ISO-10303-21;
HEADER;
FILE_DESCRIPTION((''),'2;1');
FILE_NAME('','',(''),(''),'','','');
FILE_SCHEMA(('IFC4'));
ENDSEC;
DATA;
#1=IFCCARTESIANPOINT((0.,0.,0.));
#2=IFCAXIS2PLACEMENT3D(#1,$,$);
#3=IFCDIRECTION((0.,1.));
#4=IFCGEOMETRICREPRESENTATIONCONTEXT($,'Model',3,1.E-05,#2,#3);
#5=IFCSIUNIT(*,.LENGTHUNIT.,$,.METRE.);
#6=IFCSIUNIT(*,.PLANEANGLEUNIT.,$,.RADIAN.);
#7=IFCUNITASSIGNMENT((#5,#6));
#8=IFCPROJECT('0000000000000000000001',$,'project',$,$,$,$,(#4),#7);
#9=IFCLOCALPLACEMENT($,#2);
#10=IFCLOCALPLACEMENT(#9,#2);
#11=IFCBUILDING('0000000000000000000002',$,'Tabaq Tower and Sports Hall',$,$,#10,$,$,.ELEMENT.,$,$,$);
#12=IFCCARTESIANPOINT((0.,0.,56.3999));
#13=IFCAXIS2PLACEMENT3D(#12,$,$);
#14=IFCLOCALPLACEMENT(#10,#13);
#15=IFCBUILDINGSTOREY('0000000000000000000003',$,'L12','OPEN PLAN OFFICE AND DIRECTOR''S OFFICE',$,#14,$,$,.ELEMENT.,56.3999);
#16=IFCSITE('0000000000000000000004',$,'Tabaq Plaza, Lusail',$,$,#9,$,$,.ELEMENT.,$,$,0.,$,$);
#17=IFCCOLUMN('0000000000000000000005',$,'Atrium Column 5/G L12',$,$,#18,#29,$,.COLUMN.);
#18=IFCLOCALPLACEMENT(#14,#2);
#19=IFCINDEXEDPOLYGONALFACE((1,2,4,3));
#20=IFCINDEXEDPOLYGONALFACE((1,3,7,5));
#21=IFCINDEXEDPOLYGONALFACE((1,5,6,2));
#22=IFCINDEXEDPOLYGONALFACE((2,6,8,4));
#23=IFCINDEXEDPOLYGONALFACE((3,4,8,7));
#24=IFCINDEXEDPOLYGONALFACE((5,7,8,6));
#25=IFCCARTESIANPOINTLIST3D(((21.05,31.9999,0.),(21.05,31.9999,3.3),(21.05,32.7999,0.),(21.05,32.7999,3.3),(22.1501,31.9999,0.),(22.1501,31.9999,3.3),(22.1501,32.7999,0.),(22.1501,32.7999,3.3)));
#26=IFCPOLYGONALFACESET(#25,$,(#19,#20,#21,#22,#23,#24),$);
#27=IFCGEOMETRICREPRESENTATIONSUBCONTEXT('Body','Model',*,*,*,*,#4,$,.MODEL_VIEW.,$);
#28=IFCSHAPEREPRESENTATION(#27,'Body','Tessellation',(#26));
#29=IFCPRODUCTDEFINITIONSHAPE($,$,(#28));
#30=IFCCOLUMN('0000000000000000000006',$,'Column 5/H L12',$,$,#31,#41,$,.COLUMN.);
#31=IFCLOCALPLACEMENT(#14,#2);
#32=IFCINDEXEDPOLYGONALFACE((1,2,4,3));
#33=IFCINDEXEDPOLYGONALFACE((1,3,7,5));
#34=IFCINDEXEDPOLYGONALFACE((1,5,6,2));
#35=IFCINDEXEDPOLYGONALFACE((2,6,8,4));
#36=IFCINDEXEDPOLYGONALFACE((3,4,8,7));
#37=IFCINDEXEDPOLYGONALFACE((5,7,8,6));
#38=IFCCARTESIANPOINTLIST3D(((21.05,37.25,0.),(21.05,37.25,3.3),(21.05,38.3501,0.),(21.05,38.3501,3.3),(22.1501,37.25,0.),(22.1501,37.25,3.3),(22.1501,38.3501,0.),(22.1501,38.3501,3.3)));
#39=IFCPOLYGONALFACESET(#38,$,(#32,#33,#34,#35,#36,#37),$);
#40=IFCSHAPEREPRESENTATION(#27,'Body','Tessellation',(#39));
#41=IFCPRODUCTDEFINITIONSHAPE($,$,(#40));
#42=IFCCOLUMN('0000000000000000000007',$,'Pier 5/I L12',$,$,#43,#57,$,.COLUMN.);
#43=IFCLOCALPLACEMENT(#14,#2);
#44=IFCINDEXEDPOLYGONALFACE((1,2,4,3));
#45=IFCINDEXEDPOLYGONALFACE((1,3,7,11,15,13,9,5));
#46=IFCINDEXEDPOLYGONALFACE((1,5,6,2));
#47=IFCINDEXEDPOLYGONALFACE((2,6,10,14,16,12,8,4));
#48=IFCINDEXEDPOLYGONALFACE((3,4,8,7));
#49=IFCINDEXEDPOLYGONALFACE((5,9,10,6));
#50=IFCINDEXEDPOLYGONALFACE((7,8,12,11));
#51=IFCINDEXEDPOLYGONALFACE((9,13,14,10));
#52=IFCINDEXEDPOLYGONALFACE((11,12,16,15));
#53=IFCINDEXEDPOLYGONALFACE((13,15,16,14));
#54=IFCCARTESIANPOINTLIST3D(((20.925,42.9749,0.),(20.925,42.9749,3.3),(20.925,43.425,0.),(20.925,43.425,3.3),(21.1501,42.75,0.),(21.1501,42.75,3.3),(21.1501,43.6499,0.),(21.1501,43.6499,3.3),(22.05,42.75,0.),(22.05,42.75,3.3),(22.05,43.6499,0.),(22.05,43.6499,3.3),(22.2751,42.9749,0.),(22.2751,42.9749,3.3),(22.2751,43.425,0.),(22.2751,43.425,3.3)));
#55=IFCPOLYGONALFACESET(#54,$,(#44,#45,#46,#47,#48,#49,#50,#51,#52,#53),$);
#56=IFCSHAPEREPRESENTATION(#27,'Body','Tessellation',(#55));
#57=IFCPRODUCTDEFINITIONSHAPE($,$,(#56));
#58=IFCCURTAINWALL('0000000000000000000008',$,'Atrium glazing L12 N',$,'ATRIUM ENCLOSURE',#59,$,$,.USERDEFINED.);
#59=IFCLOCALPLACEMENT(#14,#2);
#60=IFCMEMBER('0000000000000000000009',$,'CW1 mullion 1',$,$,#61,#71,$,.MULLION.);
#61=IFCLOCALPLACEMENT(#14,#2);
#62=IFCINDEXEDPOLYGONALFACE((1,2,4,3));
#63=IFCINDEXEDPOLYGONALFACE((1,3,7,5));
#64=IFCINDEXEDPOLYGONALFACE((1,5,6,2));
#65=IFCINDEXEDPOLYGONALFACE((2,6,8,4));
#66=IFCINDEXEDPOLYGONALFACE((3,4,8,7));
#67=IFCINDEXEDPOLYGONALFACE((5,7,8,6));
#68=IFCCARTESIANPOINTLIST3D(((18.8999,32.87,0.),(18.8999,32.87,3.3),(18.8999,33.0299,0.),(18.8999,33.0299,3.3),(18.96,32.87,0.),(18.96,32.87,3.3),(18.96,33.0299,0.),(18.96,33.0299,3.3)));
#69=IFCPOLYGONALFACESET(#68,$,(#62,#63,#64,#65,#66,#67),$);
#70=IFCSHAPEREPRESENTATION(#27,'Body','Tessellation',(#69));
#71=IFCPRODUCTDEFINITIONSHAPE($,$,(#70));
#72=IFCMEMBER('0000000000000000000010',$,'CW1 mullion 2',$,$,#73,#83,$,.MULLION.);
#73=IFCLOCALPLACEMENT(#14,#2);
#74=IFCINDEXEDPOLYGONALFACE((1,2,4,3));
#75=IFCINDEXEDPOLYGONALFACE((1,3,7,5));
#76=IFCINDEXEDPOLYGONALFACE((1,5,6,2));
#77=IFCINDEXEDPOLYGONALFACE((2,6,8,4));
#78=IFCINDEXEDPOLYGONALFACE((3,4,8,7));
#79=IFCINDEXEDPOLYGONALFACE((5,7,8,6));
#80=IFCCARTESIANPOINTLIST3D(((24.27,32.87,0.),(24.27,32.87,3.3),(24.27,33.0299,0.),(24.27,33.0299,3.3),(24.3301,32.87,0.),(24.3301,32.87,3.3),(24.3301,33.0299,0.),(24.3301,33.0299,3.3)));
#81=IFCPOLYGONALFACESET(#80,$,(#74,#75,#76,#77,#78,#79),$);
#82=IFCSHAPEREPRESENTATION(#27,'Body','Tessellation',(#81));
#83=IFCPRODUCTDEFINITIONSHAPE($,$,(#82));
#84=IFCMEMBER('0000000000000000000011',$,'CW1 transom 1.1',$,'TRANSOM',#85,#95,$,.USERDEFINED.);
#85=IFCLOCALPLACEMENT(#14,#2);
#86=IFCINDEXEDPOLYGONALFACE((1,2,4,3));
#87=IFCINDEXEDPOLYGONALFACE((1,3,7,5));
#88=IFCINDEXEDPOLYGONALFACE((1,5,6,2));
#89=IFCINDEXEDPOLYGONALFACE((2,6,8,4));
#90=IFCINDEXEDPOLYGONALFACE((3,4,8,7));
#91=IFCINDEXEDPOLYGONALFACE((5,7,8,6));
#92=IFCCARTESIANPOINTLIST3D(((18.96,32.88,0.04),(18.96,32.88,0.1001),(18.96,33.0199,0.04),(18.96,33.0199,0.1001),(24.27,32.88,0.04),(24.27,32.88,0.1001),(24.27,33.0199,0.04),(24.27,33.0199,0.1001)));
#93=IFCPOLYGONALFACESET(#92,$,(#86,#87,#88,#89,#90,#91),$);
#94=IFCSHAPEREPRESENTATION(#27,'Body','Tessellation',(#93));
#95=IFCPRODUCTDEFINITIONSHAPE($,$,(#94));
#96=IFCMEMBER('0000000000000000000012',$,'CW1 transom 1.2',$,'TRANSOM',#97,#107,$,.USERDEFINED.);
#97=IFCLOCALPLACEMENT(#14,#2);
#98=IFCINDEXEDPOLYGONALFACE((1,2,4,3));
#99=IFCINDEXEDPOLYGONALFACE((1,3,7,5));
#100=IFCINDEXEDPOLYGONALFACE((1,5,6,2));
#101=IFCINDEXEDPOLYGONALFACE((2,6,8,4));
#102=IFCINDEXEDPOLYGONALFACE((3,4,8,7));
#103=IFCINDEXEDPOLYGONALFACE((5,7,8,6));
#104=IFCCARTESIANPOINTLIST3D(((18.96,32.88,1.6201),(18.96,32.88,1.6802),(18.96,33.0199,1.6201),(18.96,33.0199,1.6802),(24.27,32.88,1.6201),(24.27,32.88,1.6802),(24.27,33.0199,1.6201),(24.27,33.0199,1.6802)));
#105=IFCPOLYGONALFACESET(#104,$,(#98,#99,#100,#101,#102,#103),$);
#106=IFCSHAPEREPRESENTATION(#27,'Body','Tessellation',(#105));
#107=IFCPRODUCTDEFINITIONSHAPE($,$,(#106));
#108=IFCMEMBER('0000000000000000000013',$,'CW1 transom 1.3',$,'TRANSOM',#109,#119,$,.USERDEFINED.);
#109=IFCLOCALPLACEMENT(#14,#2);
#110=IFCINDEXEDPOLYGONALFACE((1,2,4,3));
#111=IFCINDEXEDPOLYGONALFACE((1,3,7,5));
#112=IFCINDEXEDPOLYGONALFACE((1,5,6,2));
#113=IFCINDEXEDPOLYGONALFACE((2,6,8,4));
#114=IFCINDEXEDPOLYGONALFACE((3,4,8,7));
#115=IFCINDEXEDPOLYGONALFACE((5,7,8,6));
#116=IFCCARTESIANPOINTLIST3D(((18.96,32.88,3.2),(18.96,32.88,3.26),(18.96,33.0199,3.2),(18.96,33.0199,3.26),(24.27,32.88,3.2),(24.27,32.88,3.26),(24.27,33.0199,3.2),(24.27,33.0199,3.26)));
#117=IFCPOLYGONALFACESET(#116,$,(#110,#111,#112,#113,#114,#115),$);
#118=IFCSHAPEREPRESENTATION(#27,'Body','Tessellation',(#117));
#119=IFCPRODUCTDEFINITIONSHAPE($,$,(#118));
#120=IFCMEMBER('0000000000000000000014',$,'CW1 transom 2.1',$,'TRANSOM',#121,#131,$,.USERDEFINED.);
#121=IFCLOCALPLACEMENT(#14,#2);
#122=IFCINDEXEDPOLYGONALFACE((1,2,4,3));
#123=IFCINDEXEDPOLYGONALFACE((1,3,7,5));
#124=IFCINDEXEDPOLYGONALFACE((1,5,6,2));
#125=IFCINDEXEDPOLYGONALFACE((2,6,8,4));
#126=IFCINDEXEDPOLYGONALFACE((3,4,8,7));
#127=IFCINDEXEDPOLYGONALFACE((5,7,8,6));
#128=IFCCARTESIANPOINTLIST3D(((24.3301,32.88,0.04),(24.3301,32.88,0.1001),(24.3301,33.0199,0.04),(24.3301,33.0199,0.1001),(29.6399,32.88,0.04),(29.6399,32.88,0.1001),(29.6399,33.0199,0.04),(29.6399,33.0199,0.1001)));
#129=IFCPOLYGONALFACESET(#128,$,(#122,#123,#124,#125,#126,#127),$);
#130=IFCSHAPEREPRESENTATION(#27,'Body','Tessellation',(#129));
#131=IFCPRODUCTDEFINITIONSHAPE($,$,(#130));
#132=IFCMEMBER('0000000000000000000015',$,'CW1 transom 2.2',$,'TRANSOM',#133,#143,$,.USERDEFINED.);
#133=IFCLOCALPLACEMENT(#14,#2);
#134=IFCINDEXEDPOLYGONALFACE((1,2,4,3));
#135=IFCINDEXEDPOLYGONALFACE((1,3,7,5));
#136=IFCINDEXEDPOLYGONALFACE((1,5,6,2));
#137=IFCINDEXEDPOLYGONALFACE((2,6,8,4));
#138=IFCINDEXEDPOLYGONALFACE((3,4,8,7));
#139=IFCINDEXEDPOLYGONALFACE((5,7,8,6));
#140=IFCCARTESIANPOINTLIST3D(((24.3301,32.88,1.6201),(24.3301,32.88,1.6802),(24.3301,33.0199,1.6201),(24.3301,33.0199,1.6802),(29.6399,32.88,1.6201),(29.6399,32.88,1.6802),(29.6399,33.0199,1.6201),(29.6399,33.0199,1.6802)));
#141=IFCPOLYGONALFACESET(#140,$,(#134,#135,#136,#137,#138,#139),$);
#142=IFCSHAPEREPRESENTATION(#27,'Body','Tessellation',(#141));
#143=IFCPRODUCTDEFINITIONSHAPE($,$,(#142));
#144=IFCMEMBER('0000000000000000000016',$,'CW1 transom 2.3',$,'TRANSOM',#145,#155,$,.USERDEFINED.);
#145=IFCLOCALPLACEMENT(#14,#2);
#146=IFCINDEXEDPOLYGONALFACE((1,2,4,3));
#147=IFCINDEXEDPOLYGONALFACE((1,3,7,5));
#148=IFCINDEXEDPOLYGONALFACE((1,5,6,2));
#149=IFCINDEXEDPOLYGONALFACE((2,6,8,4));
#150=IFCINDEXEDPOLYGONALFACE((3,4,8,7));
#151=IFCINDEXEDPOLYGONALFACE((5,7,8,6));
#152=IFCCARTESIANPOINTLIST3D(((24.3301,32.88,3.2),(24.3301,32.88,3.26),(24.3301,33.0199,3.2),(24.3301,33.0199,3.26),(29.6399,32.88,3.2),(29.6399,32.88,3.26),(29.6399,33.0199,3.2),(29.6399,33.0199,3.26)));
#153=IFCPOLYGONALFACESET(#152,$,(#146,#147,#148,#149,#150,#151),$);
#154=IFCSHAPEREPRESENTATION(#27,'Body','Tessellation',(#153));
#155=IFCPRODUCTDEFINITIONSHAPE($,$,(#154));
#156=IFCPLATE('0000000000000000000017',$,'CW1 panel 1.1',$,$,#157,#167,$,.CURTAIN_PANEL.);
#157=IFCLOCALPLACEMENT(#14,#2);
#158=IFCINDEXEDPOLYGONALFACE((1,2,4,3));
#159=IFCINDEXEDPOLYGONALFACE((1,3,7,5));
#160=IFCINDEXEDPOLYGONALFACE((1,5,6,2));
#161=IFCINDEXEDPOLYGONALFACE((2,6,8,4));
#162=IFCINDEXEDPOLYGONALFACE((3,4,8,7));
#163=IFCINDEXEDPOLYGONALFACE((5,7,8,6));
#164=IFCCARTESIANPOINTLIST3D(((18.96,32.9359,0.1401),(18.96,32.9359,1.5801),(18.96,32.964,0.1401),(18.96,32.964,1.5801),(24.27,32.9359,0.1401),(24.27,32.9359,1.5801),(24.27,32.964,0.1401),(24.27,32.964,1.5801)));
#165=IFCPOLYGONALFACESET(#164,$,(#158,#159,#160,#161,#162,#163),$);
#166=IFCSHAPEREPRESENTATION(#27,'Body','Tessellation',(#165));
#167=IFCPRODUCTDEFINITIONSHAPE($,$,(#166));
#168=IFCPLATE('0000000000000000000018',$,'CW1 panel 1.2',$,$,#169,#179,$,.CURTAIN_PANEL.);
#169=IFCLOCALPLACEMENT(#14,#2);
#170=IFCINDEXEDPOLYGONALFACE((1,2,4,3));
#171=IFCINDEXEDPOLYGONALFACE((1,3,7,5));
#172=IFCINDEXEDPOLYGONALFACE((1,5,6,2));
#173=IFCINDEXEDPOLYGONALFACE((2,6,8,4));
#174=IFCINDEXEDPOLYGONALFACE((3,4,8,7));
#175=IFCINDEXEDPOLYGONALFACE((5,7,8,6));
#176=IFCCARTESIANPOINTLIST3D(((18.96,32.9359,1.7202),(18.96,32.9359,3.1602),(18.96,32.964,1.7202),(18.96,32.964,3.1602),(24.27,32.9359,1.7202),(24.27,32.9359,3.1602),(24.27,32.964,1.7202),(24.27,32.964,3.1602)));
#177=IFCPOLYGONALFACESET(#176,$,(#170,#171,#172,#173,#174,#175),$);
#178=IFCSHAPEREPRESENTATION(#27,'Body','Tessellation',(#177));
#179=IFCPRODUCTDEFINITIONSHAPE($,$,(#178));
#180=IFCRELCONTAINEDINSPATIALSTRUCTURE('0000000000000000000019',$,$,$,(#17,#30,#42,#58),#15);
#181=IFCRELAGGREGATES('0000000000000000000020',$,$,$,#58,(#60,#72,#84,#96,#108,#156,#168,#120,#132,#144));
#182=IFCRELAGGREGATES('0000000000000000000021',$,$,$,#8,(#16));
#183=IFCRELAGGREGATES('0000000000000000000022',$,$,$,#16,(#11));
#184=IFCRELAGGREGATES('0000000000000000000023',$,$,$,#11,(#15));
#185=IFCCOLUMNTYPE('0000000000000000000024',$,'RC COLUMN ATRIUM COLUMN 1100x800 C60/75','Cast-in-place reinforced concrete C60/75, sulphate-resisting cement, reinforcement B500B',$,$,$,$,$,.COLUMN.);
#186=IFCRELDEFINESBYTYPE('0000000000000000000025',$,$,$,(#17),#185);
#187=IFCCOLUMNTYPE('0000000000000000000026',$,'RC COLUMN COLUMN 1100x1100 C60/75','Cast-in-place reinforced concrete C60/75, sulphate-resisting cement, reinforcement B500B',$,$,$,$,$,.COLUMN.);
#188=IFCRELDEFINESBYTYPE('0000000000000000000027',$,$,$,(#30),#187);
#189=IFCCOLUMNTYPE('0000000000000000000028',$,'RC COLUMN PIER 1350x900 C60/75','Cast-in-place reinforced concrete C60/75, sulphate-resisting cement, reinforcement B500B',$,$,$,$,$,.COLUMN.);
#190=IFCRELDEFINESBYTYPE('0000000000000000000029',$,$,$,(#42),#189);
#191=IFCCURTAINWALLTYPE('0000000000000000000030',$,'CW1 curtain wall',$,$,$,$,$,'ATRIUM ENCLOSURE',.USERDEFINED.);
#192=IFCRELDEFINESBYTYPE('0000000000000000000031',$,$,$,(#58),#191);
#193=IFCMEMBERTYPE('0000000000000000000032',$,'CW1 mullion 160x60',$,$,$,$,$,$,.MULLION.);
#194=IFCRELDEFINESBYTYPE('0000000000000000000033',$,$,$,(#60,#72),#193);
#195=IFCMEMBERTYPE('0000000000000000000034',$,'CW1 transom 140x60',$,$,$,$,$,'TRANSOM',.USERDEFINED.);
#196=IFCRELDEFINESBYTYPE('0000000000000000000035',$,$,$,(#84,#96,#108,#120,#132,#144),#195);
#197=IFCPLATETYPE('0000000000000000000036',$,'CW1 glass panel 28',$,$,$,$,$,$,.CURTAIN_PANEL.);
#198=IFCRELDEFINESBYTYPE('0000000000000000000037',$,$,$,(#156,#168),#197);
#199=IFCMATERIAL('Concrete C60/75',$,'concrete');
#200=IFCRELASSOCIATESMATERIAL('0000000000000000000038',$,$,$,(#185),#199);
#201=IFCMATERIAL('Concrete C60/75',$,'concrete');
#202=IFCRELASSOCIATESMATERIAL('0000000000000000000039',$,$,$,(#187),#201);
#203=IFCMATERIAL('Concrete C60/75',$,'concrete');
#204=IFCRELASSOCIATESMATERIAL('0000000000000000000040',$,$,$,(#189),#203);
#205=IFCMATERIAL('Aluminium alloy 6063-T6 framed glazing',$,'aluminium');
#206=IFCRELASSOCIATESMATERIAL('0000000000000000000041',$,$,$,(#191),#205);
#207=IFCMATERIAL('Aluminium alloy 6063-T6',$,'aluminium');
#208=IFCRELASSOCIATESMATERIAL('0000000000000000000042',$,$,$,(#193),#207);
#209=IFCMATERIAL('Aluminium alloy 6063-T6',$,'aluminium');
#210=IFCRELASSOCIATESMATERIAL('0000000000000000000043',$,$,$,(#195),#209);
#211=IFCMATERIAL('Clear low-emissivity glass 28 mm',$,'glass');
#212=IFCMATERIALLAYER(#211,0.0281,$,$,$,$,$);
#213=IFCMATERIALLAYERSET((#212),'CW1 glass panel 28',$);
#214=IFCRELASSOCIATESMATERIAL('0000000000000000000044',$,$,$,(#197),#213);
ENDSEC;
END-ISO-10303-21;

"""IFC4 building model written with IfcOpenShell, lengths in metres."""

from ifc_helpers import new_model, si_unit, direction, frame, origin, origin_2d, place, context, subcontext, project, spatial, polyline, rectangle, outline, extrude, material, layer, layer_set, material_profile, profile_set, type_object, element, aggregate, save


model = new_model("IFC4")

# Units and contexts
model_context = context("Model", 3, precision=1e-05, world=origin(), true_north=direction((0.0, 1.0)))
body_context = subcontext(model_context, "Body", "Model", "MODEL_VIEW")
ifc_project = project(units=[si_unit("LENGTHUNIT", "METRE"), si_unit("PLANEANGLEUNIT", "RADIAN")], contexts=[model_context])

# Site, building, storey
site_placement = place(None, origin())
site = spatial("IfcSite", under=ifc_project, at=site_placement, Name="Tabaq Plaza, Lusail", CompositionType="ELEMENT", RefElevation=0.0)
building_placement = place(site_placement, origin())
building = spatial("IfcBuilding", under=site, at=building_placement, Name="Tabaq Tower and Sports Hall", CompositionType="ELEMENT")
storey_placement = place(building_placement, frame((0.0, 0.0, 56.3999)))
storey = spatial("IfcBuildingStorey", under=building, at=storey_placement, Name="L12", Description="OPEN PLAN OFFICE AND DIRECTOR'S OFFICE", CompositionType="ELEMENT", Elevation=56.3999)

# Columns
ifc_material_1 = material(Name="Concrete C60/75", Category="concrete")
ifc_material_profile_1 = material_profile(ifc_material_1, rectangle(XDim=1.1001, YDim=0.8, at=origin_2d()), Name="ATRIUM COLUMN 1100x800")
ifc_profile_set_1 = profile_set([ifc_material_profile_1], Name="Concrete C60/75")
column_type_1 = type_object("IfcColumnType", Name="RC COLUMN ATRIUM COLUMN 1100x800 C60/75", Description="Cast-in-place reinforced concrete C60/75, sulphate-resisting cement, reinforcement B500B", PredefinedType="COLUMN", material=ifc_profile_set_1)
column_1_placement = place(storey_placement, frame((21.6001, 32.3999, 0.0), z_axis=(0.0, 0.0, 1.0), x_axis=(1.0, 0.0, 0.0)))
element("IfcColumn", 1, at=column_1_placement, inside=storey, type_object=column_type_1, Name="Atrium Column 5/G L12", PredefinedType="COLUMN", context=body_context, shape_type="SweptSolid", body=[
    extrude(rectangle(XDim=1.1001, YDim=0.8, at=origin_2d()), origin(), (0.0, 0.0, 1.0), 3.3),
])
ifc_material_2 = material(Name="Concrete C60/75", Category="concrete")
ifc_material_profile_2 = material_profile(ifc_material_2, rectangle(XDim=1.1001, YDim=1.1001, at=origin_2d()), Name="COLUMN 1100x1100")
ifc_profile_set_2 = profile_set([ifc_material_profile_2], Name="Concrete C60/75")
column_type_2 = type_object("IfcColumnType", Name="RC COLUMN COLUMN 1100x1100 C60/75", Description="Cast-in-place reinforced concrete C60/75, sulphate-resisting cement, reinforcement B500B", PredefinedType="COLUMN", material=ifc_profile_set_2)
column_2_placement = place(storey_placement, frame((21.6001, 37.8, 0.0), z_axis=(0.0, 0.0, 1.0), x_axis=(1.0, 0.0, 0.0)))
element("IfcColumn", 2, at=column_2_placement, inside=storey, type_object=column_type_2, Name="Column 5/H L12", PredefinedType="COLUMN", context=body_context, shape_type="SweptSolid", body=[
    extrude(rectangle(XDim=1.1001, YDim=1.1001, at=origin_2d()), origin(), (0.0, 0.0, 1.0), 3.3),
])
ifc_material_3 = material(Name="Concrete C60/75", Category="concrete")
ifc_material_profile_3 = material_profile(ifc_material_3, outline(polyline([(-0.45, -0.45), (0.45, -0.45), (0.675, -0.2251), (0.675, 0.2251), (0.45, 0.45), (-0.45, 0.45), (-0.675, 0.2251), (-0.675, -0.2251), (-0.45, -0.45)])), Name="PIER 1350x900")
ifc_profile_set_3 = profile_set([ifc_material_profile_3], Name="Concrete C60/75")
column_type_3 = type_object("IfcColumnType", Name="RC COLUMN PIER 1350x900 C60/75", Description="Cast-in-place reinforced concrete C60/75, sulphate-resisting cement, reinforcement B500B", PredefinedType="COLUMN", material=ifc_profile_set_3)
column_3_placement = place(storey_placement, frame((21.6001, 43.2, 0.0), z_axis=(0.0, 0.0, 1.0), x_axis=(1.0, 0.0, 0.0)))
element("IfcColumn", 3, at=column_3_placement, inside=storey, type_object=column_type_3, Name="Pier 5/I L12", PredefinedType="COLUMN", context=body_context, shape_type="SweptSolid", body=[
    extrude(outline(polyline([(-0.45, -0.45), (0.45, -0.45), (0.675, -0.2251), (0.675, 0.2251), (0.45, 0.45), (-0.45, 0.45), (-0.675, 0.2251), (-0.675, -0.2251), (-0.45, -0.45)])), origin(), (0.0, 0.0, 1.0), 3.3),
])

# Curtain wall, members, plates
ifc_material_4 = material(Name="Aluminium alloy 6063-T6 framed glazing", Category="aluminium")
curtain_wall_type = type_object("IfcCurtainWallType", Name="CW1 curtain wall", ElementType="ATRIUM ENCLOSURE", PredefinedType="USERDEFINED", material=ifc_material_4)
curtain_wall_placement = place(storey_placement, origin())
curtain_wall = element("IfcCurtainWall", 4, at=curtain_wall_placement, inside=storey, type_object=curtain_wall_type, Name="Atrium glazing L12 N", ObjectType="ATRIUM ENCLOSURE", PredefinedType="USERDEFINED")
ifc_material_5 = material(Name="Aluminium alloy 6063-T6", Category="aluminium")
ifc_material_profile_4 = material_profile(ifc_material_5, rectangle(XDim=0.1599, YDim=0.0601, at=origin_2d()), Name="MULLION 160x60")
ifc_profile_set_4 = profile_set([ifc_material_profile_4], Name="Aluminium alloy 6063-T6")
member_type_1 = type_object("IfcMemberType", Name="CW1 mullion 160x60", PredefinedType="MULLION", material=ifc_profile_set_4)
member_1_placement = place(storey_placement, frame((18.9299, 32.95, 0.0), z_axis=(0.0, 0.0, 1.0), x_axis=(0.0, 1.0, 0.0)))
member_1 = element("IfcMember", 5, at=member_1_placement, type_object=member_type_1, Name="CW1 mullion 1", PredefinedType="MULLION", context=body_context, shape_type="SweptSolid", body=[
    extrude(rectangle(XDim=0.1599, YDim=0.0601, at=origin_2d()), origin(), (0.0, 0.0, 1.0), 3.3),
])
member_2_placement = place(storey_placement, frame((24.3, 32.95, 0.0), z_axis=(0.0, 0.0, 1.0), x_axis=(0.0, 1.0, 0.0)))
member_2 = element("IfcMember", 6, at=member_2_placement, type_object=member_type_1, Name="CW1 mullion 2", PredefinedType="MULLION", context=body_context, shape_type="SweptSolid", body=[
    extrude(rectangle(XDim=0.1599, YDim=0.0601, at=origin_2d()), origin(), (0.0, 0.0, 1.0), 3.3),
])
ifc_material_6 = material(Name="Aluminium alloy 6063-T6", Category="aluminium")
ifc_material_profile_5 = material_profile(ifc_material_6, rectangle(XDim=0.1399, YDim=0.0601, at=origin_2d()), Name="TRANSOM 140x60")
ifc_profile_set_5 = profile_set([ifc_material_profile_5], Name="Aluminium alloy 6063-T6")
member_type_2 = type_object("IfcMemberType", Name="CW1 transom 140x60", ElementType="TRANSOM", PredefinedType="USERDEFINED", material=ifc_profile_set_5)
member_3_placement = place(storey_placement, frame((18.96, 32.95, 0.0701), z_axis=(1.0, 0.0, 0.0), x_axis=(0.0, 1.0, 0.0)))
member_3 = element("IfcMember", 7, at=member_3_placement, type_object=member_type_2, Name="CW1 transom 1.1", ObjectType="TRANSOM", PredefinedType="USERDEFINED", context=body_context, shape_type="SweptSolid", body=[
    extrude(rectangle(XDim=0.1399, YDim=0.0601, at=origin_2d()), origin(), (0.0, 0.0, 1.0), 5.3101),
])
member_4_placement = place(storey_placement, frame((18.96, 32.95, 1.6501), z_axis=(1.0, 0.0, 0.0), x_axis=(0.0, 1.0, 0.0)))
member_4 = element("IfcMember", 8, at=member_4_placement, type_object=member_type_2, Name="CW1 transom 1.2", ObjectType="TRANSOM", PredefinedType="USERDEFINED", context=body_context, shape_type="SweptSolid", body=[
    extrude(rectangle(XDim=0.1399, YDim=0.0601, at=origin_2d()), origin(), (0.0, 0.0, 1.0), 5.3101),
])
member_5_placement = place(storey_placement, frame((18.96, 32.95, 3.23), z_axis=(1.0, 0.0, 0.0), x_axis=(0.0, 1.0, 0.0)))
member_5 = element("IfcMember", 9, at=member_5_placement, type_object=member_type_2, Name="CW1 transom 1.3", ObjectType="TRANSOM", PredefinedType="USERDEFINED", context=body_context, shape_type="SweptSolid", body=[
    extrude(rectangle(XDim=0.1399, YDim=0.0601, at=origin_2d()), origin(), (0.0, 0.0, 1.0), 5.3101),
])
member_6_placement = place(storey_placement, frame((24.3301, 32.95, 0.0701), z_axis=(1.0, 0.0, 0.0), x_axis=(0.0, 1.0, 0.0)))
member_6 = element("IfcMember", 10, at=member_6_placement, type_object=member_type_2, Name="CW1 transom 2.1", ObjectType="TRANSOM", PredefinedType="USERDEFINED", context=body_context, shape_type="SweptSolid", body=[
    extrude(rectangle(XDim=0.1399, YDim=0.0601, at=origin_2d()), origin(), (0.0, 0.0, 1.0), 5.3098),
])
member_7_placement = place(storey_placement, frame((24.3301, 32.95, 1.6501), z_axis=(1.0, 0.0, 0.0), x_axis=(0.0, 1.0, 0.0)))
member_7 = element("IfcMember", 11, at=member_7_placement, type_object=member_type_2, Name="CW1 transom 2.2", ObjectType="TRANSOM", PredefinedType="USERDEFINED", context=body_context, shape_type="SweptSolid", body=[
    extrude(rectangle(XDim=0.1399, YDim=0.0601, at=origin_2d()), origin(), (0.0, 0.0, 1.0), 5.3098),
])
member_8_placement = place(storey_placement, frame((24.3301, 32.95, 3.23), z_axis=(1.0, 0.0, 0.0), x_axis=(0.0, 1.0, 0.0)))
member_8 = element("IfcMember", 12, at=member_8_placement, type_object=member_type_2, Name="CW1 transom 2.3", ObjectType="TRANSOM", PredefinedType="USERDEFINED", context=body_context, shape_type="SweptSolid", body=[
    extrude(rectangle(XDim=0.1399, YDim=0.0601, at=origin_2d()), origin(), (0.0, 0.0, 1.0), 5.3098),
])
ifc_material_7 = material(Name="Clear low-emissivity glass 28 mm", Category="glass")
ifc_layer_1 = layer(ifc_material_7, 0.0281)
ifc_layer_set_1 = layer_set([ifc_layer_1], Name="CW1 glass panel 28")
plate_type = type_object("IfcPlateType", Name="CW1 glass panel 28", PredefinedType="CURTAIN_PANEL", material=ifc_layer_set_1)
plate_1_placement = place(storey_placement, frame((21.615, 32.95, 0.1401), z_axis=(0.0, 0.0, 1.0), x_axis=(1.0, 0.0, 0.0)))
plate_1 = element("IfcPlate", 13, at=plate_1_placement, type_object=plate_type, Name="CW1 panel 1.1", PredefinedType="CURTAIN_PANEL", context=body_context, shape_type="SweptSolid", body=[
    extrude(rectangle(XDim=5.3101, YDim=0.0281, at=origin_2d()), origin(), (0.0, 0.0, 1.0), 1.4399),
])
plate_2_placement = place(storey_placement, frame((21.615, 32.95, 1.7202), z_axis=(0.0, 0.0, 1.0), x_axis=(1.0, 0.0, 0.0)))
plate_2 = element("IfcPlate", 14, at=plate_2_placement, type_object=plate_type, Name="CW1 panel 1.2", PredefinedType="CURTAIN_PANEL", context=body_context, shape_type="SweptSolid", body=[
    extrude(rectangle(XDim=5.3101, YDim=0.0281, at=origin_2d()), origin(), (0.0, 0.0, 1.0), 1.4399),
])
aggregate(curtain_wall, [member_1, member_2, member_3, member_4, member_5, plate_1, plate_2, member_6, member_7, member_8])

save(model, "model.ifc")
